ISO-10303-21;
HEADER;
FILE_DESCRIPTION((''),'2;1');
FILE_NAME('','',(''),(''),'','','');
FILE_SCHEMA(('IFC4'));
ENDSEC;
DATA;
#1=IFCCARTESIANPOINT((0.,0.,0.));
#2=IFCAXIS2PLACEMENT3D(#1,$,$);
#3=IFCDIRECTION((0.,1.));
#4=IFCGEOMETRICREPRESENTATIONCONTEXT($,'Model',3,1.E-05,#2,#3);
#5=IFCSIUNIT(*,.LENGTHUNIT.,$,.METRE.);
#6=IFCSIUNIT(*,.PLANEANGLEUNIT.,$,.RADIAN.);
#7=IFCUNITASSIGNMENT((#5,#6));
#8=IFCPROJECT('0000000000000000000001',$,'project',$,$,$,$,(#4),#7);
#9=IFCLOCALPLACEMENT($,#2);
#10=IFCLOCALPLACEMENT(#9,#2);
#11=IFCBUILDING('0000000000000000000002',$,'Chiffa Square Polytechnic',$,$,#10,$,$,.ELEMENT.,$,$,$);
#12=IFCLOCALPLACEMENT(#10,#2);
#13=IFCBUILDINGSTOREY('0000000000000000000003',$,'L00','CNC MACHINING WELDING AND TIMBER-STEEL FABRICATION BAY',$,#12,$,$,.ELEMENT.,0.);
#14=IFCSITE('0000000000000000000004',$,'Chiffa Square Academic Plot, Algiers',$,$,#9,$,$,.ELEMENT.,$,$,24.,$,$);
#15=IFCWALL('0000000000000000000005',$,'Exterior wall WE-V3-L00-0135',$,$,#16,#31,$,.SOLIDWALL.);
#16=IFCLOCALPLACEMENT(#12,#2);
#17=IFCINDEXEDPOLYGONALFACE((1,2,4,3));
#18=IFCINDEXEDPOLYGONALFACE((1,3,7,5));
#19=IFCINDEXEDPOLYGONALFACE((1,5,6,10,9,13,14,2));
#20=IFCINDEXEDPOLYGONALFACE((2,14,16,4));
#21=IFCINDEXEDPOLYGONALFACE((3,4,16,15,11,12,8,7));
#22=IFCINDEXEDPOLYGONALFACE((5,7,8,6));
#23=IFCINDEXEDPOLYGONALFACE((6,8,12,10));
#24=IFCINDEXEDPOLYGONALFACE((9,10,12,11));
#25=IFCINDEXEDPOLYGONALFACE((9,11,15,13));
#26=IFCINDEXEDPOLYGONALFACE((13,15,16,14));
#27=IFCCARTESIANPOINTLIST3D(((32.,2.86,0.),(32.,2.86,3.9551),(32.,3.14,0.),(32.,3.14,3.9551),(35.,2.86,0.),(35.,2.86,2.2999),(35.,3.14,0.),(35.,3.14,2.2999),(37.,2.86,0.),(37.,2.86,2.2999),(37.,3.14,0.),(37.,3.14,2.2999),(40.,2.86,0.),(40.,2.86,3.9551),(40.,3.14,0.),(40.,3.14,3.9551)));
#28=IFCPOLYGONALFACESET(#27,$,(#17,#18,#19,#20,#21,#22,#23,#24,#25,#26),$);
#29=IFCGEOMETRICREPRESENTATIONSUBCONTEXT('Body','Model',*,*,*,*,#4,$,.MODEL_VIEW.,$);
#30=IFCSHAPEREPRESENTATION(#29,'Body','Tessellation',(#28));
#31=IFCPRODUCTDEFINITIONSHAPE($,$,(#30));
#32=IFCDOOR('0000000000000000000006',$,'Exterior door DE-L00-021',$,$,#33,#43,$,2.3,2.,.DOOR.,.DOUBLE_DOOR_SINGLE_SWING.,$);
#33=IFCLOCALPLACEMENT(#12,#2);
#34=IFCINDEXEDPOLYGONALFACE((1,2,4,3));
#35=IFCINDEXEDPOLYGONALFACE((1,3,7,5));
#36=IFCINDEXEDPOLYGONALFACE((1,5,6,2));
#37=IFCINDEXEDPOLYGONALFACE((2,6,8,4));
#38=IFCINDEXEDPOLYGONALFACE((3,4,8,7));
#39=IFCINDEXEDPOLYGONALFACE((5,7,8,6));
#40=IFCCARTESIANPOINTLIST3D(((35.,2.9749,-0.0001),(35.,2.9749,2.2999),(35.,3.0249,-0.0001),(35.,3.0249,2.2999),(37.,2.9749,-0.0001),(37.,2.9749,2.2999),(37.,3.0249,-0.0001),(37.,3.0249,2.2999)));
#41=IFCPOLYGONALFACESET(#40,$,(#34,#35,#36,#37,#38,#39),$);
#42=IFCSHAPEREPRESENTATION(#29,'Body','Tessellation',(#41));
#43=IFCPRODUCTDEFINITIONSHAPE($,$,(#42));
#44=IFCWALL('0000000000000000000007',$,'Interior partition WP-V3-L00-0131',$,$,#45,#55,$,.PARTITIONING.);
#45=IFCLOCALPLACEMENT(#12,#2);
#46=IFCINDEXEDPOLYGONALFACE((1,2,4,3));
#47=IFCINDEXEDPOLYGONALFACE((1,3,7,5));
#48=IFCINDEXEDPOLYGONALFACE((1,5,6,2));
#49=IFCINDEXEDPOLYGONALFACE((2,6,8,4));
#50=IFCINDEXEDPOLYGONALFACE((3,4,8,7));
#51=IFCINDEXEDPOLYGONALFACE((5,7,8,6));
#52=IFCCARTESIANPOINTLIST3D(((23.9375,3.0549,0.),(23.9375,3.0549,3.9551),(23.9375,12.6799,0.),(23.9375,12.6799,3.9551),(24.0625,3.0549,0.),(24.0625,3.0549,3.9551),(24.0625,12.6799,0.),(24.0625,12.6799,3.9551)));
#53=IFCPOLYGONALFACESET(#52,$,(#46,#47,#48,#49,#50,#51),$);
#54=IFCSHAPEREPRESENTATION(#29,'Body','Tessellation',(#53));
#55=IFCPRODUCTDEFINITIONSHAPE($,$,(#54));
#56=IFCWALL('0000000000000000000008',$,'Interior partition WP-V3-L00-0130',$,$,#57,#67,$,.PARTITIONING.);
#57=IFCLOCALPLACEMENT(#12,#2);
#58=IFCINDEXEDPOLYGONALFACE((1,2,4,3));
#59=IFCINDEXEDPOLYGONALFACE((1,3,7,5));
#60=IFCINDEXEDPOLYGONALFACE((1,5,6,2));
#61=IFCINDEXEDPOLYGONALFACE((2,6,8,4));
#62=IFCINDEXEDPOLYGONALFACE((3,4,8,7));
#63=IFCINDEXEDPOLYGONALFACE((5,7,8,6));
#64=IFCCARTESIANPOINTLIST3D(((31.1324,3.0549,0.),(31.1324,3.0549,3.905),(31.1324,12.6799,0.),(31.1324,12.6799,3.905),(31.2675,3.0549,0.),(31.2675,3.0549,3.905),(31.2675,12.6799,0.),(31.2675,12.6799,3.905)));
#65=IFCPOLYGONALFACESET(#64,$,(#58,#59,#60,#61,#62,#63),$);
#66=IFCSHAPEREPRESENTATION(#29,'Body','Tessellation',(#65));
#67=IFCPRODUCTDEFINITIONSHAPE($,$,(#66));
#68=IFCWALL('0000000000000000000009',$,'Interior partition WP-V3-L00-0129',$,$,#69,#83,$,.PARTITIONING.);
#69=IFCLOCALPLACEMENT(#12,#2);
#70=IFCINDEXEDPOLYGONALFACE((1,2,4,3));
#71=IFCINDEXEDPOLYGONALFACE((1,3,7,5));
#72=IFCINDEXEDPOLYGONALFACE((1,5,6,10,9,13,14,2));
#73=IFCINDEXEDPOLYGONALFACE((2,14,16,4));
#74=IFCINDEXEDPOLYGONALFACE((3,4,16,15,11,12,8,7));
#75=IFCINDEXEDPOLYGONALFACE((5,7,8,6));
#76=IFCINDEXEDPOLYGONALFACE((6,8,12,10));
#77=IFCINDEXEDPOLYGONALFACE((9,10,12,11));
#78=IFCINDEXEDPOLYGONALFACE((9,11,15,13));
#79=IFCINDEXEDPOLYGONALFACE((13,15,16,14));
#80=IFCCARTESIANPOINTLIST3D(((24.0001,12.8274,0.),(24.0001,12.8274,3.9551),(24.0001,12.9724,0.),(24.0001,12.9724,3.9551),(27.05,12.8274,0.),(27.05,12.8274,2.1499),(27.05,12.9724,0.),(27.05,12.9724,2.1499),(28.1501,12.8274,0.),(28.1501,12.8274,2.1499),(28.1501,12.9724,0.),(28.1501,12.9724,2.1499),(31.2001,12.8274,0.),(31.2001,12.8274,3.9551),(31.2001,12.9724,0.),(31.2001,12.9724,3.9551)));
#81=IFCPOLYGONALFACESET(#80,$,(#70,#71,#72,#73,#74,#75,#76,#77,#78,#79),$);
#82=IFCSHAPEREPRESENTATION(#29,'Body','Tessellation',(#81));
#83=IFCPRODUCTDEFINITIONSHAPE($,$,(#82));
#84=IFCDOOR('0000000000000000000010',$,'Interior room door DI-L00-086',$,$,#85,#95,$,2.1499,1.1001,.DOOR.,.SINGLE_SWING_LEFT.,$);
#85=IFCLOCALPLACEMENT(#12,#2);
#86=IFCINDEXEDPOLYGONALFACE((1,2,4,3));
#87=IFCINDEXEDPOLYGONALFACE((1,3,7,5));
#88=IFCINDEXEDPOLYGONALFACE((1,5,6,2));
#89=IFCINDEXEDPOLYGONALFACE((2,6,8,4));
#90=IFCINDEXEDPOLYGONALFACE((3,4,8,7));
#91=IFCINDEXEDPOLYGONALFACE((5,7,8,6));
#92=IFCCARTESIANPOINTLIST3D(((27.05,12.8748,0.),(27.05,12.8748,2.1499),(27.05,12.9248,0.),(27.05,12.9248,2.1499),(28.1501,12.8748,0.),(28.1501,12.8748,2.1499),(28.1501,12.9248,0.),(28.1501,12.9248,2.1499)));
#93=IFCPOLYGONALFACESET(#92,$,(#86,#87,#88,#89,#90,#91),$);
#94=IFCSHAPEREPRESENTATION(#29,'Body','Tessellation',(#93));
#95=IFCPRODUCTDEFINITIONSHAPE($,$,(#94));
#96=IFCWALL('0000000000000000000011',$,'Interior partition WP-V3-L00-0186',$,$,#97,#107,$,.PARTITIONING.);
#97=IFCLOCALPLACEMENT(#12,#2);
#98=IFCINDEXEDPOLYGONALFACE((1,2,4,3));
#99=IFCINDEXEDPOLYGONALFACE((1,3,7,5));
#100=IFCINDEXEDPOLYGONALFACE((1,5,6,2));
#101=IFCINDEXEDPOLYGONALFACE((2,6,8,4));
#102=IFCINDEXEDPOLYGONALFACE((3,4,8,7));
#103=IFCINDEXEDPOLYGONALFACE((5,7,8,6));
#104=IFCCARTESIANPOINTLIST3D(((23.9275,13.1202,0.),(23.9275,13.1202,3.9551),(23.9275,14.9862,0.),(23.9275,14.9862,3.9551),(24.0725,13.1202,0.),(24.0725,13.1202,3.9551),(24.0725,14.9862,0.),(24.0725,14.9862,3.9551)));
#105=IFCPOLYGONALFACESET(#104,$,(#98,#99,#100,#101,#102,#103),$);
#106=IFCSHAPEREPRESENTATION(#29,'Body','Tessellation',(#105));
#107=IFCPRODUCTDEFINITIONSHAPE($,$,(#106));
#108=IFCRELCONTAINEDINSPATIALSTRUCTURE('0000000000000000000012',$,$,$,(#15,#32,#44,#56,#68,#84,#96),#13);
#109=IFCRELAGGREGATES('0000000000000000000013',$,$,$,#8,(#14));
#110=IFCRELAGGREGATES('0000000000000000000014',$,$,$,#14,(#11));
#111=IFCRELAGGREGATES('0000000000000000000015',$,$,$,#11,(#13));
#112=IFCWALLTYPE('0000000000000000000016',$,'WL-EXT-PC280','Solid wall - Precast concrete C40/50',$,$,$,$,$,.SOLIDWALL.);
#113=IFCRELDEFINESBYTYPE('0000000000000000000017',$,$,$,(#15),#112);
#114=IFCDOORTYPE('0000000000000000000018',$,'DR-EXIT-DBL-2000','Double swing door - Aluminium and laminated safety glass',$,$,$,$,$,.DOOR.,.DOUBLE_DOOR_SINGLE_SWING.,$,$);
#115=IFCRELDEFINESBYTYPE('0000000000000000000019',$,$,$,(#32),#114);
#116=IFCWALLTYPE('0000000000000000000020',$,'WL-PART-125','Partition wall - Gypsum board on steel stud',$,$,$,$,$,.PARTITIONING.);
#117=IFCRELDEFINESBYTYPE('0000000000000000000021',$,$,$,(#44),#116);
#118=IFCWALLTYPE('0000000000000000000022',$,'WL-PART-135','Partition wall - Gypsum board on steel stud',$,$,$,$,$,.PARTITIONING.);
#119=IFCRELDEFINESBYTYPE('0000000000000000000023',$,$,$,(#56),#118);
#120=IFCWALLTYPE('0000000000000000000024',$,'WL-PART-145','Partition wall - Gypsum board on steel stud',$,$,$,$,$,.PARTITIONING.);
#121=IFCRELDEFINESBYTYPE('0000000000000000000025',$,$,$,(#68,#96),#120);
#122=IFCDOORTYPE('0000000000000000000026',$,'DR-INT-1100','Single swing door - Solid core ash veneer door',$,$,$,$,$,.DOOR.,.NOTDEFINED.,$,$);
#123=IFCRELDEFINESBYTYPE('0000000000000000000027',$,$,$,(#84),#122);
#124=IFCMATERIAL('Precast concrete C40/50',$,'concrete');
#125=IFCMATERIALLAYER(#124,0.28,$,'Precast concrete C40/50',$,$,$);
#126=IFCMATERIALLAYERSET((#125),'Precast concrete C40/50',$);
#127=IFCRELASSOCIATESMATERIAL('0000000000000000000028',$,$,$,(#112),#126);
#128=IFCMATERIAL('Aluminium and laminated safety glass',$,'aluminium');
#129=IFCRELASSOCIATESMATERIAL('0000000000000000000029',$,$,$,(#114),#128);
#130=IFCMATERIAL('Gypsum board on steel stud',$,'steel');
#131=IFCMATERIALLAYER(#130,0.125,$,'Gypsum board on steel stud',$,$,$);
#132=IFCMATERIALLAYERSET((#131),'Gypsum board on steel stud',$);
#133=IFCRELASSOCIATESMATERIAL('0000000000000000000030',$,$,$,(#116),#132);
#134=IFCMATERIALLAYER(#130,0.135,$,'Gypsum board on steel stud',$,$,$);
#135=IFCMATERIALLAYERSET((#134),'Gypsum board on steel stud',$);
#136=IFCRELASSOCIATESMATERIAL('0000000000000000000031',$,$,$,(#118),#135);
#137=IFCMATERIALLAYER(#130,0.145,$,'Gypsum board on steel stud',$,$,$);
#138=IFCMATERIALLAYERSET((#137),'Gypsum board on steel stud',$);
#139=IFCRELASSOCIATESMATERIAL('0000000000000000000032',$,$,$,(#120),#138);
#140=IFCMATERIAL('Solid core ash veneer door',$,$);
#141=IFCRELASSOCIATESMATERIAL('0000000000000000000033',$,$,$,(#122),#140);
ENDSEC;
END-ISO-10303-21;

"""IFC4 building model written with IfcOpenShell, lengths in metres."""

from ifc_helpers import new_model, si_unit, direction, frame, frame_2d, origin, place, context, subcontext, project, spatial, rectangle, extrude, material, layer, layer_set, type_object, element, fill, save


model = new_model("IFC4")

# Units and contexts
model_context = context("Model", 3, precision=1e-05, world=origin(), true_north=direction((0.0, 1.0)))
body_context = subcontext(model_context, "Body", "Model", "MODEL_VIEW")
ifc_project = project(units=[si_unit("LENGTHUNIT", "METRE"), si_unit("PLANEANGLEUNIT", "RADIAN")], contexts=[model_context])

# Site, building, storey
site_placement = place(None, origin())
site = spatial("IfcSite", under=ifc_project, at=site_placement, Name="Chiffa Square Academic Plot, Algiers", CompositionType="ELEMENT", RefElevation=24.0)
building_placement = place(site_placement, origin())
building = spatial("IfcBuilding", under=site, at=building_placement, Name="Chiffa Square Polytechnic", CompositionType="ELEMENT")
storey_placement = place(building_placement, origin())
storey = spatial("IfcBuildingStorey", under=building, at=storey_placement, Name="L00", Description="CNC MACHINING WELDING AND TIMBER-STEEL FABRICATION BAY", CompositionType="ELEMENT", Elevation=0.0)

# Shared definitions
ifc_material_1 = material(Name="Precast concrete C40/50", Category="concrete")
ifc_layer_1 = layer(ifc_material_1, 0.28, Name="Precast concrete C40/50")
ifc_layer_set_1 = layer_set([ifc_layer_1], Name="Precast concrete C40/50")
wall_type_1 = type_object("IfcWallType", Name="WL-EXT-PC280", Description="Solid wall - Precast concrete C40/50", PredefinedType="SOLIDWALL", material=ifc_layer_set_1)

# Wall, opening, door
wall_1_placement = place(storey_placement, frame((32.0, 3.0, 0.0), z_axis=(0.0, 0.0, 1.0), x_axis=(1.0, 0.0, 0.0)))
wall_1 = element("IfcWall", 1, at=wall_1_placement, inside=storey, type_object=wall_type_1, Name="Exterior wall WE-V3-L00-0135", PredefinedType="SOLIDWALL", context=body_context, shape_type="SweptSolid", body=[
    extrude(rectangle(XDim=8.0, YDim=0.28, at=frame_2d((4.0, 0.0))), origin(), (0.0, 0.0, 1.0), 3.9551),
])
opening_1_placement = place(wall_1_placement, frame((3.0, 0.0, 0.0)))
opening_1 = element("IfcOpeningElement", 2, at=opening_1_placement, cuts=wall_1, PredefinedType="OPENING", context=body_context, shape_type="SweptSolid", body=[
    extrude(rectangle(XDim=2.0, YDim=2.3, at=frame_2d((1.0, 1.1499))), frame((0.0, 0.1499, 0.0), z_axis=(0.0, -1.0, 0.0), x_axis=(1.0, 0.0, 0.0)), (0.0, 0.0, 1.0), 0.3),
])
ifc_material_2 = material(Name="Aluminium and laminated safety glass", Category="aluminium")
door_type_1 = type_object("IfcDoorType", Name="DR-EXIT-DBL-2000", Description="Double swing door - Aluminium and laminated safety glass", OperationType="DOUBLE_DOOR_SINGLE_SWING", PredefinedType="DOOR", material=ifc_material_2)
door_1_placement = place(opening_1_placement, origin())
door_1 = element("IfcDoor", 3, at=door_1_placement, inside=storey, type_object=door_type_1, Name="Exterior door DE-L00-021", OperationType="DOUBLE_DOOR_SINGLE_SWING", OverallHeight=2.3, OverallWidth=2.0, PredefinedType="DOOR", context=body_context, shape_type="SweptSolid", body=[
    extrude(rectangle(XDim=2.0, YDim=2.3, at=frame_2d((1.0, 1.1499))), frame((0.0, 0.0249, 0.0), z_axis=(0.0, -1.0, 0.0), x_axis=(1.0, 0.0, 0.0)), (0.0, 0.0, 1.0), 0.05),
])
fill(opening_1, door_1)

# Walls
ifc_material_3 = material(Name="Gypsum board on steel stud", Category="steel")
ifc_layer_2 = layer(ifc_material_3, 0.125, Name="Gypsum board on steel stud")
ifc_layer_set_2 = layer_set([ifc_layer_2], Name="Gypsum board on steel stud")
wall_type_2 = type_object("IfcWallType", Name="WL-PART-125", Description="Partition wall - Gypsum board on steel stud", PredefinedType="PARTITIONING", material=ifc_layer_set_2)
wall_2_placement = place(storey_placement, frame((24.0, 3.0549, 0.0), z_axis=(0.0, 0.0, 1.0), x_axis=(0.0, 1.0, 0.0)))
element("IfcWall", 4, at=wall_2_placement, inside=storey, type_object=wall_type_2, Name="Interior partition WP-V3-L00-0131", PredefinedType="PARTITIONING", context=body_context, shape_type="SweptSolid", body=[
    extrude(rectangle(XDim=9.625, YDim=0.125, at=frame_2d((4.8125, 0.0))), origin(), (0.0, 0.0, 1.0), 3.9551),
])
ifc_layer_3 = layer(ifc_material_3, 0.135, Name="Gypsum board on steel stud")
ifc_layer_set_3 = layer_set([ifc_layer_3], Name="Gypsum board on steel stud")
wall_type_3 = type_object("IfcWallType", Name="WL-PART-135", Description="Partition wall - Gypsum board on steel stud", PredefinedType="PARTITIONING", material=ifc_layer_set_3)
wall_3_placement = place(storey_placement, frame((31.2, 3.0549, 0.0), z_axis=(0.0, 0.0, 1.0), x_axis=(0.0, 1.0, 0.0)))
element("IfcWall", 5, at=wall_3_placement, inside=storey, type_object=wall_type_3, Name="Interior partition WP-V3-L00-0130", PredefinedType="PARTITIONING", context=body_context, shape_type="SweptSolid", body=[
    extrude(rectangle(XDim=9.625, YDim=0.135, at=frame_2d((4.8125, 0.0))), origin(), (0.0, 0.0, 1.0), 3.905),
])

# Wall, opening, door
ifc_layer_4 = layer(ifc_material_3, 0.145, Name="Gypsum board on steel stud")
ifc_layer_set_4 = layer_set([ifc_layer_4], Name="Gypsum board on steel stud")
wall_type_4 = type_object("IfcWallType", Name="WL-PART-145", Description="Partition wall - Gypsum board on steel stud", PredefinedType="PARTITIONING", material=ifc_layer_set_4)
wall_4_placement = place(storey_placement, frame((24.0, 12.8999, 0.0), z_axis=(0.0, 0.0, 1.0), x_axis=(1.0, 0.0, 0.0)))
wall_4 = element("IfcWall", 6, at=wall_4_placement, inside=storey, type_object=wall_type_4, Name="Interior partition WP-V3-L00-0129", PredefinedType="PARTITIONING", context=body_context, shape_type="SweptSolid", body=[
    extrude(rectangle(XDim=7.2, YDim=0.145, at=frame_2d((3.6001, 0.0))), origin(), (0.0, 0.0, 1.0), 3.9551),
])
opening_2_placement = place(wall_4_placement, frame((3.05, 0.0, 0.0)))
opening_2 = element("IfcOpeningElement", 7, at=opening_2_placement, cuts=wall_4, PredefinedType="OPENING", context=body_context, shape_type="SweptSolid", body=[
    extrude(rectangle(XDim=1.1001, YDim=2.1499, at=frame_2d((0.55, 1.075))), frame((0.0, 0.0825, 0.0), z_axis=(0.0, -1.0, 0.0), x_axis=(1.0, 0.0, 0.0)), (0.0, 0.0, 1.0), 0.165),
])
ifc_material_4 = material(Name="Solid core ash veneer door")
door_type_2 = type_object("IfcDoorType", Name="DR-INT-1100", Description="Single swing door - Solid core ash veneer door", OperationType="NOTDEFINED", PredefinedType="DOOR", material=ifc_material_4)
door_2_placement = place(opening_2_placement, origin())
door_2 = element("IfcDoor", 8, at=door_2_placement, inside=storey, type_object=door_type_2, Name="Interior room door DI-L00-086", OperationType="SINGLE_SWING_LEFT", OverallHeight=2.1499, OverallWidth=1.1001, PredefinedType="DOOR", context=body_context, shape_type="SweptSolid", body=[
    extrude(rectangle(XDim=1.1001, YDim=2.1499, at=frame_2d((0.55, 1.075))), frame((0.0, 0.0249, 0.0), z_axis=(0.0, -1.0, 0.0), x_axis=(1.0, 0.0, 0.0)), (0.0, 0.0, 1.0), 0.05),
])
fill(opening_2, door_2)

# Wall
wall_5_placement = place(storey_placement, frame((24.0, 13.1201, 0.0), z_axis=(0.0, 0.0, 1.0), x_axis=(0.0, 1.0, 0.0)))
element("IfcWall", 9, at=wall_5_placement, inside=storey, type_object=wall_type_4, Name="Interior partition WP-V3-L00-0186", PredefinedType="PARTITIONING", context=body_context, shape_type="SweptSolid", body=[
    extrude(rectangle(XDim=1.866, YDim=0.145, at=frame_2d((0.9331, 0.0))), origin(), (0.0, 0.0, 1.0), 3.9551),
])

save(model, "model.ifc")
